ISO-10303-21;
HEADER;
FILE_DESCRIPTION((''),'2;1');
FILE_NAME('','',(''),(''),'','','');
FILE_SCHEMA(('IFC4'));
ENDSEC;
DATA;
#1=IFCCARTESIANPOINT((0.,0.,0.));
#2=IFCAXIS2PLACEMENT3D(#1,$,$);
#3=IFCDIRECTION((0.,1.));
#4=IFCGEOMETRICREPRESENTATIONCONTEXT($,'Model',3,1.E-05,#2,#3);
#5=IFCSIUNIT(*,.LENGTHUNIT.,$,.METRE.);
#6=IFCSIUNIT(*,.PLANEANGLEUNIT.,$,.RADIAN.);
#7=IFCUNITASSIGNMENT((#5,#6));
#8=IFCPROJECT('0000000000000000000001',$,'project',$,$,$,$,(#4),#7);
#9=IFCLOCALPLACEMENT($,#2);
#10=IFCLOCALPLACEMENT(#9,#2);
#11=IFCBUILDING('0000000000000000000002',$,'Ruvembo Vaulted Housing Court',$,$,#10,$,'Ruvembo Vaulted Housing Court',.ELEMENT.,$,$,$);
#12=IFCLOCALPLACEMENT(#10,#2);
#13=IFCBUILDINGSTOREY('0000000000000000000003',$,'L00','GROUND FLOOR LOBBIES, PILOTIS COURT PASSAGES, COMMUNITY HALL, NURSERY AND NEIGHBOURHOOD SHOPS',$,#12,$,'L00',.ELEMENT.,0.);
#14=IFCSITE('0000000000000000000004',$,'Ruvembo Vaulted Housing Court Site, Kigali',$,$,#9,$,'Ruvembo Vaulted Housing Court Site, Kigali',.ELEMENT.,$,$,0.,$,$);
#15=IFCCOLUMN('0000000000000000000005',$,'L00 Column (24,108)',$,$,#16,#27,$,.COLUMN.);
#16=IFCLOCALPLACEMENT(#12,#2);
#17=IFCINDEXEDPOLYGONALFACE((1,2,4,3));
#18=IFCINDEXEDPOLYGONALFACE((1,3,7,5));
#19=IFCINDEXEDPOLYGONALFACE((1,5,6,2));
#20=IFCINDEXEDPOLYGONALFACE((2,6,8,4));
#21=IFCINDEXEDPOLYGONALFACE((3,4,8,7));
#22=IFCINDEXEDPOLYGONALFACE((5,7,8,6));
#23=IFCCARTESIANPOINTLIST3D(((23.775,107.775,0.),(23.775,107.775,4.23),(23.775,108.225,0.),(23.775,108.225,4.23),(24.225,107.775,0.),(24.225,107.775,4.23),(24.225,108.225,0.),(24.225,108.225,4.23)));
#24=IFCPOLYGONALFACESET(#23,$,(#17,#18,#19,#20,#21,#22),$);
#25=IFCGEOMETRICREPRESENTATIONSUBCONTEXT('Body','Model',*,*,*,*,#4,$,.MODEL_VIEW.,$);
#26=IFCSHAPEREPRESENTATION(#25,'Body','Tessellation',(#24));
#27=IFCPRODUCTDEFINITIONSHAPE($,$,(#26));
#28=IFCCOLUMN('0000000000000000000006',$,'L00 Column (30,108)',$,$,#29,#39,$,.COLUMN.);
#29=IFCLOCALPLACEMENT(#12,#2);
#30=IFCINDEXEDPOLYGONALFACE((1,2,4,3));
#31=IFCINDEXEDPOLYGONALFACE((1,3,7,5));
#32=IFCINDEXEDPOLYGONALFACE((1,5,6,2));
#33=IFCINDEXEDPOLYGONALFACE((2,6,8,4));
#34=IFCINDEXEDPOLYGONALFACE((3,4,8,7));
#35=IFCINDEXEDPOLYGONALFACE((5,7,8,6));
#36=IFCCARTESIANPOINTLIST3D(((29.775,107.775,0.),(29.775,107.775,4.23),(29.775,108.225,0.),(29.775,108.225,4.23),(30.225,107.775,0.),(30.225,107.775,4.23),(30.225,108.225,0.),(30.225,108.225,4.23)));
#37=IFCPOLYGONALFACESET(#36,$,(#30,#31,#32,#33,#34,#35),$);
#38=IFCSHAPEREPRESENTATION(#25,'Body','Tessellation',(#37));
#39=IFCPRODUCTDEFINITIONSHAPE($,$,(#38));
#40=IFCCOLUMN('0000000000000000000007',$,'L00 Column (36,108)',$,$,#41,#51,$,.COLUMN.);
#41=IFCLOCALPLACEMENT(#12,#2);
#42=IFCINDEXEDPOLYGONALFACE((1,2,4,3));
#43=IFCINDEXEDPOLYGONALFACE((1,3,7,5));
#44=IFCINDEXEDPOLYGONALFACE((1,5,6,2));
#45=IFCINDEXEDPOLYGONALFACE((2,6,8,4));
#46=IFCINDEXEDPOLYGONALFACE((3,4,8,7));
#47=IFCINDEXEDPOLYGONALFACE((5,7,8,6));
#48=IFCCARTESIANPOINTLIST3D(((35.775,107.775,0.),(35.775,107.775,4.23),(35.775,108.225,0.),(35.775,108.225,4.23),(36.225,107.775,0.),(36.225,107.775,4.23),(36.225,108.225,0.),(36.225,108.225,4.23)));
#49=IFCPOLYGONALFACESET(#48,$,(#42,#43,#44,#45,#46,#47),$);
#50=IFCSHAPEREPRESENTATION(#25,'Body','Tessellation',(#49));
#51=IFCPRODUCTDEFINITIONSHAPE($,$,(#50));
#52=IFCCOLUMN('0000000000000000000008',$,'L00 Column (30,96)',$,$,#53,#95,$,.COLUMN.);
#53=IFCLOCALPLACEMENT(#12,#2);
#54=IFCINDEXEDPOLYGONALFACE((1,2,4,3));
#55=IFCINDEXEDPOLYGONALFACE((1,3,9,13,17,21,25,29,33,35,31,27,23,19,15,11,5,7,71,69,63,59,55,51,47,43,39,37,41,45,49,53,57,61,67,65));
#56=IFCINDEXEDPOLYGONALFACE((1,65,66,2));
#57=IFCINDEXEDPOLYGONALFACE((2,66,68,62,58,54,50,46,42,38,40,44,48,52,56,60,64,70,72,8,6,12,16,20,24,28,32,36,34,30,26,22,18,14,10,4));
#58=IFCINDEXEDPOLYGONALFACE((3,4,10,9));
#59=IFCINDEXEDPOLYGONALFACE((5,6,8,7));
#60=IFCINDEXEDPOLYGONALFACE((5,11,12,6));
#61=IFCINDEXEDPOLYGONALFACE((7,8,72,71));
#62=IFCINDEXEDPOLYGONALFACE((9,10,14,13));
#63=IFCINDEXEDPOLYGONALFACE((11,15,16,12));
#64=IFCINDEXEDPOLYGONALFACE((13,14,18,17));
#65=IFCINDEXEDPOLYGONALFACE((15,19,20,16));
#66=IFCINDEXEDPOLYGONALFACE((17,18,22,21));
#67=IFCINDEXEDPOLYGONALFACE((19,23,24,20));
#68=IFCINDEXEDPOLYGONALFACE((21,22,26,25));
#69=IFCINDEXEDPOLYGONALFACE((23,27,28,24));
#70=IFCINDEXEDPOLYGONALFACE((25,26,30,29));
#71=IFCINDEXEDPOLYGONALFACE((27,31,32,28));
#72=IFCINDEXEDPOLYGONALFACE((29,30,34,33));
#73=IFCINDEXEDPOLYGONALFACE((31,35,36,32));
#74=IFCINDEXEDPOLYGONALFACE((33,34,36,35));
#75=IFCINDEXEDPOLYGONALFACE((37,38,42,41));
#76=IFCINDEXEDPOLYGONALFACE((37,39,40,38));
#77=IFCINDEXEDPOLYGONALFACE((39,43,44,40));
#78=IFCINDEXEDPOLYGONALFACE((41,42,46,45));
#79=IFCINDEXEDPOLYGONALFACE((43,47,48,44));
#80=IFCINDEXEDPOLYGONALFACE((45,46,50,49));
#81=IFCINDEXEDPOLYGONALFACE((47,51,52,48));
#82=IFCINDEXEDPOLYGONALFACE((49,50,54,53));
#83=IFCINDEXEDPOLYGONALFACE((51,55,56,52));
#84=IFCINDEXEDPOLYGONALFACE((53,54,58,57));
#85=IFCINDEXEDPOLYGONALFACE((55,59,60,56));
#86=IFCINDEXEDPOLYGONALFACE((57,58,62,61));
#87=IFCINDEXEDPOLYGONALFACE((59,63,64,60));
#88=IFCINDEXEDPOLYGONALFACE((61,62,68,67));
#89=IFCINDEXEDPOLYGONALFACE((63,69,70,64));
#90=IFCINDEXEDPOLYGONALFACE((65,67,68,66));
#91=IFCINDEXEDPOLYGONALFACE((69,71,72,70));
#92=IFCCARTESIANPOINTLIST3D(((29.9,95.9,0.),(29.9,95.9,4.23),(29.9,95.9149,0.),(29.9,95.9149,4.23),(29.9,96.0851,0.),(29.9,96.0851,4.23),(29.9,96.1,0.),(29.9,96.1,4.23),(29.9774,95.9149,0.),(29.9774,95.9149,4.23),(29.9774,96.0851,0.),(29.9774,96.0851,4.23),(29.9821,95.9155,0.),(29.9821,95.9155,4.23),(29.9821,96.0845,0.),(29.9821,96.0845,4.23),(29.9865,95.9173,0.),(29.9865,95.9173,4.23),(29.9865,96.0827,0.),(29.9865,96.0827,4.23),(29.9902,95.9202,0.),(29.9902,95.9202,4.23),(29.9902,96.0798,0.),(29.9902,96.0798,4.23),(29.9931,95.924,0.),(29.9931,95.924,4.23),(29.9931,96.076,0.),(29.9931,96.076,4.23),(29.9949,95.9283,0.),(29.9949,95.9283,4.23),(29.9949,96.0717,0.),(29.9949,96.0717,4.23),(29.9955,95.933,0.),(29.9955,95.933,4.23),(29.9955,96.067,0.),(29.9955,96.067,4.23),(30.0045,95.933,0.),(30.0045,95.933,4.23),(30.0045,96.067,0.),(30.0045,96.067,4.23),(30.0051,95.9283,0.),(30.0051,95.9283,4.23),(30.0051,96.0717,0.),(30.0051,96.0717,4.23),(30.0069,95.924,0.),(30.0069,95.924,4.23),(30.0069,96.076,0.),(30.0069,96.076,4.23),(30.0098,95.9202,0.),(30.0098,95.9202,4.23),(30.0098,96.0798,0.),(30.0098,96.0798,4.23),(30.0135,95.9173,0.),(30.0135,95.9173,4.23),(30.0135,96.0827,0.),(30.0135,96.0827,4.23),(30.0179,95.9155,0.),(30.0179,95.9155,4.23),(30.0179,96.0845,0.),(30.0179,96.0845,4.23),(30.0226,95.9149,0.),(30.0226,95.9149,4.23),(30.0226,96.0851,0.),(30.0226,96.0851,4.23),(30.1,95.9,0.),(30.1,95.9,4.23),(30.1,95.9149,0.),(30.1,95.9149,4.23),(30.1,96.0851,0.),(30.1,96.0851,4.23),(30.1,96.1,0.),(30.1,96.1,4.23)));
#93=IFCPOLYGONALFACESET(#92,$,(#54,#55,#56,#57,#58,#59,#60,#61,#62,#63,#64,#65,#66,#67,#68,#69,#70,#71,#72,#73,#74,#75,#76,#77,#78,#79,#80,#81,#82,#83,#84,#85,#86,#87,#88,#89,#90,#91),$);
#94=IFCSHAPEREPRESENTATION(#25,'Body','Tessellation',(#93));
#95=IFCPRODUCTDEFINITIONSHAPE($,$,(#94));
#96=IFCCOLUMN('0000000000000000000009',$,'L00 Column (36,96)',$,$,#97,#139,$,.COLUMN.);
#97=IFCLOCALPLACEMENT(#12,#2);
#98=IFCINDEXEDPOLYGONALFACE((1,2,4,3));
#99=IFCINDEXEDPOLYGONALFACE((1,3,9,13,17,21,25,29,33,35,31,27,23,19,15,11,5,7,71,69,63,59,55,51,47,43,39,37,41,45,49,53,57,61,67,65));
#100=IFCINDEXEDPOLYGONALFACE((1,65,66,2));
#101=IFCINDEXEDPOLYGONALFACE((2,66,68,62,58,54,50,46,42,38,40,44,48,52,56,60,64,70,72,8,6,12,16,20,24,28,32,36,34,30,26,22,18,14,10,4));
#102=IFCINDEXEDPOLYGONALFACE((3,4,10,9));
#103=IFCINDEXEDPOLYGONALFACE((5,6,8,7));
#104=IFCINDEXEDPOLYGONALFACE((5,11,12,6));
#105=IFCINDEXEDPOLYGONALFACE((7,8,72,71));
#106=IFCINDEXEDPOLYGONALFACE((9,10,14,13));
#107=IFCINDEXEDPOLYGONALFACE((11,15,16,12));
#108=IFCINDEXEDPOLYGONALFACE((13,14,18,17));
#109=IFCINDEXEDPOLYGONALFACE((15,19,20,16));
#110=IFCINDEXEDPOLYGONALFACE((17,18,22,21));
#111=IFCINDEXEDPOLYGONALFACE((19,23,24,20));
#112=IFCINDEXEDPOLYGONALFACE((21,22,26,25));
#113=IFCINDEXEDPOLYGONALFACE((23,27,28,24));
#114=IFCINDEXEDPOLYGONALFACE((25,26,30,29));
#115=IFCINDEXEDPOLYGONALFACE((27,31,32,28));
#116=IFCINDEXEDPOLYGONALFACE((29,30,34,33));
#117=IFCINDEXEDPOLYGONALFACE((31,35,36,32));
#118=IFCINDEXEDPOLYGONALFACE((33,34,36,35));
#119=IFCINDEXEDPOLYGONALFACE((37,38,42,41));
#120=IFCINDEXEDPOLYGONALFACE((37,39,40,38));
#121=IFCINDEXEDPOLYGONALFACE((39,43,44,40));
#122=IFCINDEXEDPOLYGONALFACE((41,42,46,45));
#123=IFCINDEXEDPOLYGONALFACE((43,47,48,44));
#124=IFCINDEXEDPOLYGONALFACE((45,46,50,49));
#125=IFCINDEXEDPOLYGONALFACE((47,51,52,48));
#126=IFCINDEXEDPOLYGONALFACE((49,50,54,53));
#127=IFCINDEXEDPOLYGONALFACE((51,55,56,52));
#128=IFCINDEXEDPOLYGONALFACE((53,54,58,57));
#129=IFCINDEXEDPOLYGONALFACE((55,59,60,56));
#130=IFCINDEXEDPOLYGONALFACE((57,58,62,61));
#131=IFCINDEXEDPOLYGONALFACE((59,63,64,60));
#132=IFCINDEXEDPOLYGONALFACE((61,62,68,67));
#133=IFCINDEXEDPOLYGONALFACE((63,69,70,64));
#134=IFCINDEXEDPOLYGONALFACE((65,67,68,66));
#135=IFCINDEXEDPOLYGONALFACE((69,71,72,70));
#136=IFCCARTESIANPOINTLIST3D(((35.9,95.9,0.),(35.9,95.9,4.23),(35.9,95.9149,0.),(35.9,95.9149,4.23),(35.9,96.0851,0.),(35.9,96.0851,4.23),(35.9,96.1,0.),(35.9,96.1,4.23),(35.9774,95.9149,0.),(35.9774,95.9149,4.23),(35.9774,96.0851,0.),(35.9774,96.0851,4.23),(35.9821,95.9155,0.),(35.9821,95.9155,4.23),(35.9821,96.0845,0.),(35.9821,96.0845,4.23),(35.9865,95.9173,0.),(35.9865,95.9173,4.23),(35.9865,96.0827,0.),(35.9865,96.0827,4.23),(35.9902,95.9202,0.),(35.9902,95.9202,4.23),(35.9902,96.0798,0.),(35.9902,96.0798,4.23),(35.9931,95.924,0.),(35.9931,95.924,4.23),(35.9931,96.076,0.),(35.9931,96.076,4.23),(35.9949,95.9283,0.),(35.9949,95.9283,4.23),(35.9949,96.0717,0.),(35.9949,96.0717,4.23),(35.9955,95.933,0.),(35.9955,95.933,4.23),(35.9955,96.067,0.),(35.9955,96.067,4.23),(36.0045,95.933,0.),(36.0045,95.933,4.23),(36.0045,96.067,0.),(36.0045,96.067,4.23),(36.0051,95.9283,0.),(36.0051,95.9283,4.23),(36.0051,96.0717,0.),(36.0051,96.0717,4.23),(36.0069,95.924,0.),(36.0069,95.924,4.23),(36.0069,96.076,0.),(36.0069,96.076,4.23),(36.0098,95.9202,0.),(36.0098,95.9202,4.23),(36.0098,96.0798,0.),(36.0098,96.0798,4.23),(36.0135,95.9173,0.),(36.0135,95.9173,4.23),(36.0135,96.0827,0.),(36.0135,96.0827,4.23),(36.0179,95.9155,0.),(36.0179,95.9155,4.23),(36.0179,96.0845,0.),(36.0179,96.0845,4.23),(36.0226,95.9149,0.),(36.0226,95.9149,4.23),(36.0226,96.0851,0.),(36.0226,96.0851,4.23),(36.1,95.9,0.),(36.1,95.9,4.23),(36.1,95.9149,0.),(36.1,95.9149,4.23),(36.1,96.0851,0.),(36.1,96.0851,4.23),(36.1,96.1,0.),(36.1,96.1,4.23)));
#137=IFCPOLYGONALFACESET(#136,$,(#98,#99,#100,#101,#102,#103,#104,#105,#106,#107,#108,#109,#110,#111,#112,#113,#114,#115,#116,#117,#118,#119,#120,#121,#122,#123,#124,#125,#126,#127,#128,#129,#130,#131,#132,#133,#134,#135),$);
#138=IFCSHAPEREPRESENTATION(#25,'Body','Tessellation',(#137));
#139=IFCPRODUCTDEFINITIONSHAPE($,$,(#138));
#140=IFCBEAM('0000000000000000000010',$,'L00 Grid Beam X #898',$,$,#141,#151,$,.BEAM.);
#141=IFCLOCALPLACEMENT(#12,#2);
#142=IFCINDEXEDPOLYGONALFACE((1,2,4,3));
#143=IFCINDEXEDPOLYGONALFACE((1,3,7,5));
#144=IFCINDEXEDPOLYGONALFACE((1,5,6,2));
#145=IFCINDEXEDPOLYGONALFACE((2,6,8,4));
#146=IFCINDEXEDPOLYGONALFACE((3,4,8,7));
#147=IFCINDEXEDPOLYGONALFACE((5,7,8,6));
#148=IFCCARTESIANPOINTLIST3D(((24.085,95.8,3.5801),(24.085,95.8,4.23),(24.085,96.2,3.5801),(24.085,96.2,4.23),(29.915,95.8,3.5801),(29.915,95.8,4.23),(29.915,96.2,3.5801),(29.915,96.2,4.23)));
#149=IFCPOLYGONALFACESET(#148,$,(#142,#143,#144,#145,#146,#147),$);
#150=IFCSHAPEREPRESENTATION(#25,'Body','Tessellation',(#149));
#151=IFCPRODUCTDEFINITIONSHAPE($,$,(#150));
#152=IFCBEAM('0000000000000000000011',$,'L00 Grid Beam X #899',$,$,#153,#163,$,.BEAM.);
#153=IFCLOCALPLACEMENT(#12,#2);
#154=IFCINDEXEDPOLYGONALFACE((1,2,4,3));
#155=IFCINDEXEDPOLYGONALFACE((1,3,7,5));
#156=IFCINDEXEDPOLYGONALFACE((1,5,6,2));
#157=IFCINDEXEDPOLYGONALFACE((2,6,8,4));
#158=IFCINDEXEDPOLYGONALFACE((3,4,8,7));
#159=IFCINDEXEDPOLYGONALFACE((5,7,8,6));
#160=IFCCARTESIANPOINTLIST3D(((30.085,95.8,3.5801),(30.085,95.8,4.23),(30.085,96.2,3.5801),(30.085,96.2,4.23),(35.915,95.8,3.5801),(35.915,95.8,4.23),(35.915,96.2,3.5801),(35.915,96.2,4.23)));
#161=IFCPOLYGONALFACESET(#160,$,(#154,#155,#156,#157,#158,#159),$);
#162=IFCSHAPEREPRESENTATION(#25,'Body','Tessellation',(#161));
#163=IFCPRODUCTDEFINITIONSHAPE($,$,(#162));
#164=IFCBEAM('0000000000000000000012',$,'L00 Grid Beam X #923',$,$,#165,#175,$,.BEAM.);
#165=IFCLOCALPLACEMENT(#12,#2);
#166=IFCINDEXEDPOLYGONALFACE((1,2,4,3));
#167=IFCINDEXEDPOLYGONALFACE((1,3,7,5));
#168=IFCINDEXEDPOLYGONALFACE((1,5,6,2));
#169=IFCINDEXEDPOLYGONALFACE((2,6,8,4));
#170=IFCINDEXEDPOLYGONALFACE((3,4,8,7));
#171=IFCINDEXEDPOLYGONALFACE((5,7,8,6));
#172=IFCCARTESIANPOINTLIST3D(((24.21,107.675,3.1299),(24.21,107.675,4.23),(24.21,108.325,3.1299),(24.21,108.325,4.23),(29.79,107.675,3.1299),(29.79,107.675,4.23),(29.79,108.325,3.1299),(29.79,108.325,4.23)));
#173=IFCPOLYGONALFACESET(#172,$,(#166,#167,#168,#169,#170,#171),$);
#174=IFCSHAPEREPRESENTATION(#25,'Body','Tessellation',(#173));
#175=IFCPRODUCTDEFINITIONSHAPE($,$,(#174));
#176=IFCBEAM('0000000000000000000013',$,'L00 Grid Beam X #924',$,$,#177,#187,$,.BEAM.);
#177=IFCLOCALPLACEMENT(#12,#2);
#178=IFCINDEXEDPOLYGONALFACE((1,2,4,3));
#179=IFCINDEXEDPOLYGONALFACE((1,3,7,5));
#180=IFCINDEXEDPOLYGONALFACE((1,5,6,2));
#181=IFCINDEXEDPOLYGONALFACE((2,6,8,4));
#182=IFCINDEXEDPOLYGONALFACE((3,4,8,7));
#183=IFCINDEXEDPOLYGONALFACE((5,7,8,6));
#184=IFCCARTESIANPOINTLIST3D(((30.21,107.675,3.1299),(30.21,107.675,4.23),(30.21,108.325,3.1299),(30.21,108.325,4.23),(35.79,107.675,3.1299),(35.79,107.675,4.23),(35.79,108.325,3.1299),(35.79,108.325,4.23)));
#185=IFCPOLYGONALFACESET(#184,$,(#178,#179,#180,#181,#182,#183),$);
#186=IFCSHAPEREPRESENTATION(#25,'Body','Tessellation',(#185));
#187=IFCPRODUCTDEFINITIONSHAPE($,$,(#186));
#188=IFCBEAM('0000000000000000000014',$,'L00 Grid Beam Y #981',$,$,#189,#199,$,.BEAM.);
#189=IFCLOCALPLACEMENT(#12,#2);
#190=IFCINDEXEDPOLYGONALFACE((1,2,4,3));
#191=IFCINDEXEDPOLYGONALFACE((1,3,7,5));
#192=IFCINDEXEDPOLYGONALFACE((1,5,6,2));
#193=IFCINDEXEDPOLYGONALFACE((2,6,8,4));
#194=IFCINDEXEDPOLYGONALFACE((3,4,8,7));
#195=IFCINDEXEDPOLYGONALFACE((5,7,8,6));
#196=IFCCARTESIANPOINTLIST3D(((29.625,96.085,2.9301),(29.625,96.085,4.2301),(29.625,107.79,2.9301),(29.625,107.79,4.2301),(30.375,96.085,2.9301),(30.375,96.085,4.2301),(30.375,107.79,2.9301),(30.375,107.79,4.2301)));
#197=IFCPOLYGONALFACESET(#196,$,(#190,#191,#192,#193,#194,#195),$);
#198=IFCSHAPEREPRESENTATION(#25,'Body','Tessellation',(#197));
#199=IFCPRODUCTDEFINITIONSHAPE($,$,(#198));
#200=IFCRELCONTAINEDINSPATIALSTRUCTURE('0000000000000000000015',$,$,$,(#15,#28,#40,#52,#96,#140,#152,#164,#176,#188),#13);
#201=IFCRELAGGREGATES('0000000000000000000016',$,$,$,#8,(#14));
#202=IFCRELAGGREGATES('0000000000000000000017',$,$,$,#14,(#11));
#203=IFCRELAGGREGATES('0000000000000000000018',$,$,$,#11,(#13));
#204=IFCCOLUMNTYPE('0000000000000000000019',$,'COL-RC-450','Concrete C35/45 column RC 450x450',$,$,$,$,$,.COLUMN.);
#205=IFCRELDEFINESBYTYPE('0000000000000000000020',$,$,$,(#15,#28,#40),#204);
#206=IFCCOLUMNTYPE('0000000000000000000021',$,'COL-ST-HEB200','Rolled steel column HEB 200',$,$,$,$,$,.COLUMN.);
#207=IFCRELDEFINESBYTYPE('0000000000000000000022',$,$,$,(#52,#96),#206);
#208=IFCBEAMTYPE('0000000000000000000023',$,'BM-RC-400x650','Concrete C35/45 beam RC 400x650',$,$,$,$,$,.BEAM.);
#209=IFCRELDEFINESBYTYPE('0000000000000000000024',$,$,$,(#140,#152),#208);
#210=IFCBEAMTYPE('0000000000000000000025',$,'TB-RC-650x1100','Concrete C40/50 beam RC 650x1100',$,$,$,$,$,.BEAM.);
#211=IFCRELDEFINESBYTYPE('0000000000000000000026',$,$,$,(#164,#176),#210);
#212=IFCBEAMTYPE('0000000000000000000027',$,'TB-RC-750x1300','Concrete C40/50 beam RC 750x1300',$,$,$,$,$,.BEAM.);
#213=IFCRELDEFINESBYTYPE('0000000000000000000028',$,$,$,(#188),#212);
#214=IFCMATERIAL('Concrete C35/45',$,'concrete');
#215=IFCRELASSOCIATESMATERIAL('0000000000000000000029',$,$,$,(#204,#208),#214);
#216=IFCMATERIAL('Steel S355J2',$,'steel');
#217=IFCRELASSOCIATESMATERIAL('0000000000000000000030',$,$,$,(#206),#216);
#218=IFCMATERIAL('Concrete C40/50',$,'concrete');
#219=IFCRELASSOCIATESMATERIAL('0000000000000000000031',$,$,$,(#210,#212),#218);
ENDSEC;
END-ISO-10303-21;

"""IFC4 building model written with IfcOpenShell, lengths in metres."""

from ifc_helpers import new_model, si_unit, direction, frame, origin, origin_2d, place, context, subcontext, project, spatial, rectangle, i_section, extrude, material, material_profile, profile_set, type_object, element, save


model = new_model("IFC4")

# Units and contexts
model_context = context("Model", 3, precision=1e-05, world=origin(), true_north=direction((0.0, 1.0)))
body_context = subcontext(model_context, "Body", "Model", "MODEL_VIEW")
ifc_project = project(units=[si_unit("LENGTHUNIT", "METRE"), si_unit("PLANEANGLEUNIT", "RADIAN")], contexts=[model_context])

# Site, building, storey
site_placement = place(None, origin())
site = spatial("IfcSite", under=ifc_project, at=site_placement, Name="Ruvembo Vaulted Housing Court Site, Kigali", LongName="Ruvembo Vaulted Housing Court Site, Kigali", CompositionType="ELEMENT", RefElevation=0.0)
building_placement = place(site_placement, origin())
building = spatial("IfcBuilding", under=site, at=building_placement, Name="Ruvembo Vaulted Housing Court", LongName="Ruvembo Vaulted Housing Court", CompositionType="ELEMENT")
storey_placement = place(building_placement, origin())
storey = spatial("IfcBuildingStorey", under=building, at=storey_placement, Name="L00", Description="GROUND FLOOR LOBBIES, PILOTIS COURT PASSAGES, COMMUNITY HALL, NURSERY AND NEIGHBOURHOOD SHOPS", LongName="L00", CompositionType="ELEMENT", Elevation=0.0)

# Columns
ifc_material_1 = material(Name="Concrete C35/45", Category="concrete")
ifc_material_profile_1 = material_profile(ifc_material_1, rectangle(XDim=0.45, YDim=0.45, at=origin_2d()), Name="RC 450x450")
ifc_profile_set_1 = profile_set([ifc_material_profile_1], Name="Concrete C35/45")
column_type_1 = type_object("IfcColumnType", Name="COL-RC-450", Description="Concrete C35/45 column RC 450x450", PredefinedType="COLUMN", material=ifc_profile_set_1)
for number, where, z_axis, x_axis, name in (
    (1, (24.0, 108.0, 0.0), (0.0, 0.0, 1.0), (1.0, 0.0, 0.0), "L00 Column (24,108)"),
    (2, (30.0, 108.0, 0.0), (0.0, 0.0, 1.0), (1.0, 0.0, 0.0), "L00 Column (30,108)"),
    (3, (36.0, 108.0, 0.0), (0.0, 0.0, 1.0), (1.0, 0.0, 0.0), "L00 Column (36,108)"),
):
    element("IfcColumn", number, at=place(storey_placement, frame(where, z_axis=z_axis, x_axis=x_axis)), inside=storey, type_object=column_type_1, Name=name, PredefinedType="COLUMN", context=body_context, shape_type="SweptSolid", body=[
        extrude(rectangle(XDim=0.45, YDim=0.45, at=origin_2d()), origin(), (0.0, 0.0, 1.0), 4.23),
    ])
ifc_material_2 = material(Name="Steel S355J2", Category="steel")
ifc_material_profile_2 = material_profile(ifc_material_2, i_section(OverallWidth=0.2, OverallDepth=0.2, WebThickness=0.009, FlangeThickness=0.0149, FilletRadius=0.0181, at=origin_2d()), Name="HEB 200")
ifc_profile_set_2 = profile_set([ifc_material_profile_2], Name="Steel S355J2")
column_type_2 = type_object("IfcColumnType", Name="COL-ST-HEB200", Description="Rolled steel column HEB 200", PredefinedType="COLUMN", material=ifc_profile_set_2)
for number, where, z_axis, x_axis, name in (
    (4, (30.0, 96.0, 0.0), (0.0, 0.0, 1.0), (1.0, 0.0, 0.0), "L00 Column (30,96)"),
    (5, (36.0, 96.0, 0.0), (0.0, 0.0, 1.0), (1.0, 0.0, 0.0), "L00 Column (36,96)"),
):
    element("IfcColumn", number, at=place(storey_placement, frame(where, z_axis=z_axis, x_axis=x_axis)), inside=storey, type_object=column_type_2, Name=name, PredefinedType="COLUMN", context=body_context, shape_type="SweptSolid", body=[
        extrude(i_section(OverallWidth=0.2, OverallDepth=0.2, WebThickness=0.009, FlangeThickness=0.0149, FilletRadius=0.0181, at=origin_2d()), origin(), (0.0, 0.0, 1.0), 4.23),
    ])

# Beams
ifc_material_profile_3 = material_profile(ifc_material_1, rectangle(XDim=0.3999, YDim=0.6499, at=origin_2d()), Name="RC 400x650")
ifc_profile_set_3 = profile_set([ifc_material_profile_3], Name="Concrete C35/45")
beam_type_1 = type_object("IfcBeamType", Name="BM-RC-400x650", Description="Concrete C35/45 beam RC 400x650", PredefinedType="BEAM", material=ifc_profile_set_3)
for number, where, z_axis, x_axis, name in (
    (6, (24.085, 96.0, 3.905), (1.0, 0.0, 0.0), (0.0, 1.0, 0.0), "L00 Grid Beam X #898"),
    (7, (30.085, 96.0, 3.905), (1.0, 0.0, 0.0), (0.0, 1.0, 0.0), "L00 Grid Beam X #899"),
):
    element("IfcBeam", number, at=place(storey_placement, frame(where, z_axis=z_axis, x_axis=x_axis)), inside=storey, type_object=beam_type_1, Name=name, PredefinedType="BEAM", context=body_context, shape_type="SweptSolid", body=[
        extrude(rectangle(XDim=0.3999, YDim=0.6499, at=origin_2d()), origin(), (0.0, 0.0, 1.0), 5.8301),
    ])
ifc_material_3 = material(Name="Concrete C40/50", Category="concrete")
ifc_material_profile_4 = material_profile(ifc_material_3, rectangle(XDim=0.6499, YDim=1.1001, at=origin_2d()), Name="RC 650x1100")
ifc_profile_set_4 = profile_set([ifc_material_profile_4], Name="Concrete C40/50")
beam_type_2 = type_object("IfcBeamType", Name="TB-RC-650x1100", Description="Concrete C40/50 beam RC 650x1100", PredefinedType="BEAM", material=ifc_profile_set_4)
for number, where, z_axis, x_axis, name in (
    (8, (24.21, 108.0, 3.6799), (1.0, 0.0, 0.0), (0.0, 1.0, 0.0), "L00 Grid Beam X #923"),
    (9, (30.21, 108.0, 3.6799), (1.0, 0.0, 0.0), (0.0, 1.0, 0.0), "L00 Grid Beam X #924"),
):
    element("IfcBeam", number, at=place(storey_placement, frame(where, z_axis=z_axis, x_axis=x_axis)), inside=storey, type_object=beam_type_2, Name=name, PredefinedType="BEAM", context=body_context, shape_type="SweptSolid", body=[
        extrude(rectangle(XDim=0.6499, YDim=1.1001, at=origin_2d()), origin(), (0.0, 0.0, 1.0), 5.5801),
    ])
ifc_material_profile_5 = material_profile(ifc_material_3, rectangle(XDim=0.75, YDim=1.3, at=origin_2d()), Name="RC 750x1300")
ifc_profile_set_5 = profile_set([ifc_material_profile_5], Name="Concrete C40/50")
beam_type_3 = type_object("IfcBeamType", Name="TB-RC-750x1300", Description="Concrete C40/50 beam RC 750x1300", PredefinedType="BEAM", material=ifc_profile_set_5)
for number, where, z_axis, x_axis, name in (
    (10, (30.0, 96.085, 3.5801), (0.0, 1.0, 0.0), (-1.0, 0.0, 0.0), "L00 Grid Beam Y #981"),
):
    element("IfcBeam", number, at=place(storey_placement, frame(where, z_axis=z_axis, x_axis=x_axis)), inside=storey, type_object=beam_type_3, Name=name, PredefinedType="BEAM", context=body_context, shape_type="SweptSolid", body=[
        extrude(rectangle(XDim=0.75, YDim=1.3, at=origin_2d()), origin(), (0.0, 0.0, 1.0), 11.7051),
    ])

save(model, "model.ifc")
